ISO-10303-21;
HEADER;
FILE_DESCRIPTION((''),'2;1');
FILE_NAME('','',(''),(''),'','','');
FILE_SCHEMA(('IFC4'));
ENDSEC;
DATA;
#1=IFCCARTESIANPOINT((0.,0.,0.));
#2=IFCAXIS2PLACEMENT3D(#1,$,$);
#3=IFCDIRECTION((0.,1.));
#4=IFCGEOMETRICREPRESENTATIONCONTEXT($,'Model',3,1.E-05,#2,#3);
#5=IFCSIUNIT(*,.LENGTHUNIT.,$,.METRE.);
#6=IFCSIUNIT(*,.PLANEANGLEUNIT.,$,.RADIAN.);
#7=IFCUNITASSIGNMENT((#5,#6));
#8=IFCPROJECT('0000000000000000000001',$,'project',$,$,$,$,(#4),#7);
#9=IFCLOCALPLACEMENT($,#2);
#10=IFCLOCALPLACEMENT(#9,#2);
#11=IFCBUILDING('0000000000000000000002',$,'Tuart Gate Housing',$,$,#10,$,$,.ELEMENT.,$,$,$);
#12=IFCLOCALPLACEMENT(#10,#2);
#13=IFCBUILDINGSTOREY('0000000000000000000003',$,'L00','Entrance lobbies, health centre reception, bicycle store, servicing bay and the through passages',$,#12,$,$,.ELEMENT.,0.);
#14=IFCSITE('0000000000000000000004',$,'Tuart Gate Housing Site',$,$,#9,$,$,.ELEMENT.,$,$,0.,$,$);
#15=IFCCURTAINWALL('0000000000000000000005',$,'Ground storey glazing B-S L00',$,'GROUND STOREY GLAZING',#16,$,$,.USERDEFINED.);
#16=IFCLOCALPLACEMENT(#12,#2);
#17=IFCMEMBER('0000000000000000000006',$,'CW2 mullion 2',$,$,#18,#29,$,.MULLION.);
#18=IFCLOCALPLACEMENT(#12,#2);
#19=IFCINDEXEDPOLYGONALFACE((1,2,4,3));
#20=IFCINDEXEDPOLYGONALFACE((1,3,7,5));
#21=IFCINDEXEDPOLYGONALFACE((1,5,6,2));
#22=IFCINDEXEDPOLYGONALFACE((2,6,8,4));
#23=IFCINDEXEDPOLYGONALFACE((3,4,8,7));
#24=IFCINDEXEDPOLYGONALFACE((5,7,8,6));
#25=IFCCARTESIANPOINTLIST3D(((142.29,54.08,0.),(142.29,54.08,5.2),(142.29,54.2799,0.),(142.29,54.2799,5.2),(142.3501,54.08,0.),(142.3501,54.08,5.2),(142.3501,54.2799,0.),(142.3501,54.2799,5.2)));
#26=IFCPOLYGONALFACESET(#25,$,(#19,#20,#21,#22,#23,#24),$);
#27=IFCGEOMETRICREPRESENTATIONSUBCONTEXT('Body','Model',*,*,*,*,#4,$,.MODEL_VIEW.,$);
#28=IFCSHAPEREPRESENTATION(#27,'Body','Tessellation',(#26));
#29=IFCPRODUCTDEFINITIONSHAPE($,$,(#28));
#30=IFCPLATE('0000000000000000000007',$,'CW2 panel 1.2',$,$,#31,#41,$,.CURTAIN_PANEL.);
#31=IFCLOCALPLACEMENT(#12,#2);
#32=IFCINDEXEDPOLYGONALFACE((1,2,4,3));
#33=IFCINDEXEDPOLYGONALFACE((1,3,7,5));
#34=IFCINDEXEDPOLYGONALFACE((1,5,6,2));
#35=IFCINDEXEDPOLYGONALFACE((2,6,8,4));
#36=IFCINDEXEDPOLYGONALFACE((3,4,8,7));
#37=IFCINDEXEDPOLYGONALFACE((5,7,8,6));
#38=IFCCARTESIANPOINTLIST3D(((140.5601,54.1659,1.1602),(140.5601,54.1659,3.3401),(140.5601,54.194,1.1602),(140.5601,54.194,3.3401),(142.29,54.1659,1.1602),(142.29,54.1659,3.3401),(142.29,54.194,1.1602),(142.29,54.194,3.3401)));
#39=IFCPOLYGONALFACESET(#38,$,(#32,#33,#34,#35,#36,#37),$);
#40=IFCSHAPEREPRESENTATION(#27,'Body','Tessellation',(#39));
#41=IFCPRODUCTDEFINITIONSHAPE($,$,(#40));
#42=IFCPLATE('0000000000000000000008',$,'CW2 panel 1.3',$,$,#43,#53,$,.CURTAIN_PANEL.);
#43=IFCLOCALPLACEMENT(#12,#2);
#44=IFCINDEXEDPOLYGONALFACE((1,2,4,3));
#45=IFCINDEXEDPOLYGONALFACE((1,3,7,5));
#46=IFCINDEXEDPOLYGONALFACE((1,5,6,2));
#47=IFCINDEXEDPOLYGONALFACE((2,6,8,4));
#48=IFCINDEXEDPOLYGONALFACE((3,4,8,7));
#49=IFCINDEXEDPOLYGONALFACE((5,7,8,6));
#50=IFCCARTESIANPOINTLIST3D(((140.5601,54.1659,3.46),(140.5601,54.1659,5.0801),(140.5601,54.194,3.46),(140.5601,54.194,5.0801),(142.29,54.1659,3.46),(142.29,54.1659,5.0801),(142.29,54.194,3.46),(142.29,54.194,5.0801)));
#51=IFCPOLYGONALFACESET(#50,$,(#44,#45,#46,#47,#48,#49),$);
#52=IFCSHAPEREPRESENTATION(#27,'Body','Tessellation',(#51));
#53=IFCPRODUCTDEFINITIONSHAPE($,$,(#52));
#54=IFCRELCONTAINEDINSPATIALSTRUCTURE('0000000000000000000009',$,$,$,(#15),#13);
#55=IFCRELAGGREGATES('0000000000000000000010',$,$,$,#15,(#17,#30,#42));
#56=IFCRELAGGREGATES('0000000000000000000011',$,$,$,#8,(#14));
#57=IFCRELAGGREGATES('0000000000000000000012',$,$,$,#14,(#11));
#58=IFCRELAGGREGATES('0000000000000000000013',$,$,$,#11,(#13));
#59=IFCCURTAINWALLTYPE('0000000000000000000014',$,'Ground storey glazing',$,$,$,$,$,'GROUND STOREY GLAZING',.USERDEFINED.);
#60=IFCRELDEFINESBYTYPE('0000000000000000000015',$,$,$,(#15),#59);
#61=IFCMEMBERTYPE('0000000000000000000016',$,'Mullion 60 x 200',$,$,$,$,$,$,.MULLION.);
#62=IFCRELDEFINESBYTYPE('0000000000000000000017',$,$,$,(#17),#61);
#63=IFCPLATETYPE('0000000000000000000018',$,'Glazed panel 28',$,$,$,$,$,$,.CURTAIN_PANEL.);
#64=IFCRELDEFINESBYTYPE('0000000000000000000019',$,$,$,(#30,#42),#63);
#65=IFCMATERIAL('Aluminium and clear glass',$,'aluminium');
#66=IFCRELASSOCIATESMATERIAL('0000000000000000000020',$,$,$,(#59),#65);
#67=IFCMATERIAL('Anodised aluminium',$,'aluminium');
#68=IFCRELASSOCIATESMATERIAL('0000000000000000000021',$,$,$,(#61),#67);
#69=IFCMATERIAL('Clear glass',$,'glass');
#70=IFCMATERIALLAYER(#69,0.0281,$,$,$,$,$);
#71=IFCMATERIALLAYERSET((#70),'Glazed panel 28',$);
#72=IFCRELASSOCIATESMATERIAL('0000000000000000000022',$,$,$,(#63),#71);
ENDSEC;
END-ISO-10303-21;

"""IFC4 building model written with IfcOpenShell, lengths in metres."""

from ifc_helpers import new_model, si_unit, direction, frame, origin, origin_2d, place, context, subcontext, project, spatial, rectangle, extrude, material, layer, layer_set, material_profile, profile_set, type_object, element, aggregate, save


model = new_model("IFC4")

# Units and contexts
model_context = context("Model", 3, precision=1e-05, world=origin(), true_north=direction((0.0, 1.0)))
body_context = subcontext(model_context, "Body", "Model", "MODEL_VIEW")
ifc_project = project(units=[si_unit("LENGTHUNIT", "METRE"), si_unit("PLANEANGLEUNIT", "RADIAN")], contexts=[model_context])

# Site, building, storey
site_placement = place(None, origin())
site = spatial("IfcSite", under=ifc_project, at=site_placement, Name="Tuart Gate Housing Site", CompositionType="ELEMENT", RefElevation=0.0)
building_placement = place(site_placement, origin())
building = spatial("IfcBuilding", under=site, at=building_placement, Name="Tuart Gate Housing", CompositionType="ELEMENT")
storey_placement = place(building_placement, origin())
storey = spatial("IfcBuildingStorey", under=building, at=storey_placement, Name="L00", Description="Entrance lobbies, health centre reception, bicycle store, servicing bay and the through passages", CompositionType="ELEMENT", Elevation=0.0)

# Curtain wall, member, plates
ifc_material_1 = material(Name="Aluminium and clear glass", Category="aluminium")
curtain_wall_type = type_object("IfcCurtainWallType", Name="Ground storey glazing", ElementType="GROUND STOREY GLAZING", PredefinedType="USERDEFINED", material=ifc_material_1)
curtain_wall_placement = place(storey_placement, origin())
curtain_wall = element("IfcCurtainWall", 1, at=curtain_wall_placement, inside=storey, type_object=curtain_wall_type, Name="Ground storey glazing B-S L00", ObjectType="GROUND STOREY GLAZING", PredefinedType="USERDEFINED")
ifc_material_2 = material(Name="Anodised aluminium", Category="aluminium")
ifc_material_profile_1 = material_profile(ifc_material_2, rectangle(XDim=0.0601, YDim=0.2, at=origin_2d()), Name="60x200")
ifc_profile_set_1 = profile_set([ifc_material_profile_1], Name="Anodised aluminium")
member_type = type_object("IfcMemberType", Name="Mullion 60 x 200", PredefinedType="MULLION", material=ifc_profile_set_1)
member_placement = place(storey_placement, frame((142.3201, 54.1799, 0.0), z_axis=(0.0, 0.0, 1.0), x_axis=(1.0, 0.0, 0.0)))
member = element("IfcMember", 2, at=member_placement, type_object=member_type, Name="CW2 mullion 2", PredefinedType="MULLION", context=body_context, shape_type="SweptSolid", body=[
    extrude(rectangle(XDim=0.0601, YDim=0.2, at=origin_2d()), origin(), (0.0, 0.0, 1.0), 5.2),
])
ifc_material_3 = material(Name="Clear glass", Category="glass")
ifc_layer_1 = layer(ifc_material_3, 0.0281)
ifc_layer_set_1 = layer_set([ifc_layer_1], Name="Glazed panel 28")
plate_type = type_object("IfcPlateType", Name="Glazed panel 28", PredefinedType="CURTAIN_PANEL", material=ifc_layer_set_1)
plate_1_placement = place(storey_placement, frame((141.425, 54.1799, 1.1602), z_axis=(0.0, 0.0, 1.0), x_axis=(1.0, 0.0, 0.0)))
plate_1 = element("IfcPlate", 3, at=plate_1_placement, type_object=plate_type, Name="CW2 panel 1.2", PredefinedType="CURTAIN_PANEL", context=body_context, shape_type="SweptSolid", body=[
    extrude(rectangle(XDim=1.73, YDim=0.0281, at=origin_2d()), origin(), (0.0, 0.0, 1.0), 2.1799),
])
plate_2_placement = place(storey_placement, frame((141.425, 54.1799, 3.46), z_axis=(0.0, 0.0, 1.0), x_axis=(1.0, 0.0, 0.0)))
plate_2 = element("IfcPlate", 4, at=plate_2_placement, type_object=plate_type, Name="CW2 panel 1.3", PredefinedType="CURTAIN_PANEL", context=body_context, shape_type="SweptSolid", body=[
    extrude(rectangle(XDim=1.73, YDim=0.0281, at=origin_2d()), origin(), (0.0, 0.0, 1.0), 1.6201),
])
aggregate(curtain_wall, [member, plate_1, plate_2])

save(model, "model.ifc")
